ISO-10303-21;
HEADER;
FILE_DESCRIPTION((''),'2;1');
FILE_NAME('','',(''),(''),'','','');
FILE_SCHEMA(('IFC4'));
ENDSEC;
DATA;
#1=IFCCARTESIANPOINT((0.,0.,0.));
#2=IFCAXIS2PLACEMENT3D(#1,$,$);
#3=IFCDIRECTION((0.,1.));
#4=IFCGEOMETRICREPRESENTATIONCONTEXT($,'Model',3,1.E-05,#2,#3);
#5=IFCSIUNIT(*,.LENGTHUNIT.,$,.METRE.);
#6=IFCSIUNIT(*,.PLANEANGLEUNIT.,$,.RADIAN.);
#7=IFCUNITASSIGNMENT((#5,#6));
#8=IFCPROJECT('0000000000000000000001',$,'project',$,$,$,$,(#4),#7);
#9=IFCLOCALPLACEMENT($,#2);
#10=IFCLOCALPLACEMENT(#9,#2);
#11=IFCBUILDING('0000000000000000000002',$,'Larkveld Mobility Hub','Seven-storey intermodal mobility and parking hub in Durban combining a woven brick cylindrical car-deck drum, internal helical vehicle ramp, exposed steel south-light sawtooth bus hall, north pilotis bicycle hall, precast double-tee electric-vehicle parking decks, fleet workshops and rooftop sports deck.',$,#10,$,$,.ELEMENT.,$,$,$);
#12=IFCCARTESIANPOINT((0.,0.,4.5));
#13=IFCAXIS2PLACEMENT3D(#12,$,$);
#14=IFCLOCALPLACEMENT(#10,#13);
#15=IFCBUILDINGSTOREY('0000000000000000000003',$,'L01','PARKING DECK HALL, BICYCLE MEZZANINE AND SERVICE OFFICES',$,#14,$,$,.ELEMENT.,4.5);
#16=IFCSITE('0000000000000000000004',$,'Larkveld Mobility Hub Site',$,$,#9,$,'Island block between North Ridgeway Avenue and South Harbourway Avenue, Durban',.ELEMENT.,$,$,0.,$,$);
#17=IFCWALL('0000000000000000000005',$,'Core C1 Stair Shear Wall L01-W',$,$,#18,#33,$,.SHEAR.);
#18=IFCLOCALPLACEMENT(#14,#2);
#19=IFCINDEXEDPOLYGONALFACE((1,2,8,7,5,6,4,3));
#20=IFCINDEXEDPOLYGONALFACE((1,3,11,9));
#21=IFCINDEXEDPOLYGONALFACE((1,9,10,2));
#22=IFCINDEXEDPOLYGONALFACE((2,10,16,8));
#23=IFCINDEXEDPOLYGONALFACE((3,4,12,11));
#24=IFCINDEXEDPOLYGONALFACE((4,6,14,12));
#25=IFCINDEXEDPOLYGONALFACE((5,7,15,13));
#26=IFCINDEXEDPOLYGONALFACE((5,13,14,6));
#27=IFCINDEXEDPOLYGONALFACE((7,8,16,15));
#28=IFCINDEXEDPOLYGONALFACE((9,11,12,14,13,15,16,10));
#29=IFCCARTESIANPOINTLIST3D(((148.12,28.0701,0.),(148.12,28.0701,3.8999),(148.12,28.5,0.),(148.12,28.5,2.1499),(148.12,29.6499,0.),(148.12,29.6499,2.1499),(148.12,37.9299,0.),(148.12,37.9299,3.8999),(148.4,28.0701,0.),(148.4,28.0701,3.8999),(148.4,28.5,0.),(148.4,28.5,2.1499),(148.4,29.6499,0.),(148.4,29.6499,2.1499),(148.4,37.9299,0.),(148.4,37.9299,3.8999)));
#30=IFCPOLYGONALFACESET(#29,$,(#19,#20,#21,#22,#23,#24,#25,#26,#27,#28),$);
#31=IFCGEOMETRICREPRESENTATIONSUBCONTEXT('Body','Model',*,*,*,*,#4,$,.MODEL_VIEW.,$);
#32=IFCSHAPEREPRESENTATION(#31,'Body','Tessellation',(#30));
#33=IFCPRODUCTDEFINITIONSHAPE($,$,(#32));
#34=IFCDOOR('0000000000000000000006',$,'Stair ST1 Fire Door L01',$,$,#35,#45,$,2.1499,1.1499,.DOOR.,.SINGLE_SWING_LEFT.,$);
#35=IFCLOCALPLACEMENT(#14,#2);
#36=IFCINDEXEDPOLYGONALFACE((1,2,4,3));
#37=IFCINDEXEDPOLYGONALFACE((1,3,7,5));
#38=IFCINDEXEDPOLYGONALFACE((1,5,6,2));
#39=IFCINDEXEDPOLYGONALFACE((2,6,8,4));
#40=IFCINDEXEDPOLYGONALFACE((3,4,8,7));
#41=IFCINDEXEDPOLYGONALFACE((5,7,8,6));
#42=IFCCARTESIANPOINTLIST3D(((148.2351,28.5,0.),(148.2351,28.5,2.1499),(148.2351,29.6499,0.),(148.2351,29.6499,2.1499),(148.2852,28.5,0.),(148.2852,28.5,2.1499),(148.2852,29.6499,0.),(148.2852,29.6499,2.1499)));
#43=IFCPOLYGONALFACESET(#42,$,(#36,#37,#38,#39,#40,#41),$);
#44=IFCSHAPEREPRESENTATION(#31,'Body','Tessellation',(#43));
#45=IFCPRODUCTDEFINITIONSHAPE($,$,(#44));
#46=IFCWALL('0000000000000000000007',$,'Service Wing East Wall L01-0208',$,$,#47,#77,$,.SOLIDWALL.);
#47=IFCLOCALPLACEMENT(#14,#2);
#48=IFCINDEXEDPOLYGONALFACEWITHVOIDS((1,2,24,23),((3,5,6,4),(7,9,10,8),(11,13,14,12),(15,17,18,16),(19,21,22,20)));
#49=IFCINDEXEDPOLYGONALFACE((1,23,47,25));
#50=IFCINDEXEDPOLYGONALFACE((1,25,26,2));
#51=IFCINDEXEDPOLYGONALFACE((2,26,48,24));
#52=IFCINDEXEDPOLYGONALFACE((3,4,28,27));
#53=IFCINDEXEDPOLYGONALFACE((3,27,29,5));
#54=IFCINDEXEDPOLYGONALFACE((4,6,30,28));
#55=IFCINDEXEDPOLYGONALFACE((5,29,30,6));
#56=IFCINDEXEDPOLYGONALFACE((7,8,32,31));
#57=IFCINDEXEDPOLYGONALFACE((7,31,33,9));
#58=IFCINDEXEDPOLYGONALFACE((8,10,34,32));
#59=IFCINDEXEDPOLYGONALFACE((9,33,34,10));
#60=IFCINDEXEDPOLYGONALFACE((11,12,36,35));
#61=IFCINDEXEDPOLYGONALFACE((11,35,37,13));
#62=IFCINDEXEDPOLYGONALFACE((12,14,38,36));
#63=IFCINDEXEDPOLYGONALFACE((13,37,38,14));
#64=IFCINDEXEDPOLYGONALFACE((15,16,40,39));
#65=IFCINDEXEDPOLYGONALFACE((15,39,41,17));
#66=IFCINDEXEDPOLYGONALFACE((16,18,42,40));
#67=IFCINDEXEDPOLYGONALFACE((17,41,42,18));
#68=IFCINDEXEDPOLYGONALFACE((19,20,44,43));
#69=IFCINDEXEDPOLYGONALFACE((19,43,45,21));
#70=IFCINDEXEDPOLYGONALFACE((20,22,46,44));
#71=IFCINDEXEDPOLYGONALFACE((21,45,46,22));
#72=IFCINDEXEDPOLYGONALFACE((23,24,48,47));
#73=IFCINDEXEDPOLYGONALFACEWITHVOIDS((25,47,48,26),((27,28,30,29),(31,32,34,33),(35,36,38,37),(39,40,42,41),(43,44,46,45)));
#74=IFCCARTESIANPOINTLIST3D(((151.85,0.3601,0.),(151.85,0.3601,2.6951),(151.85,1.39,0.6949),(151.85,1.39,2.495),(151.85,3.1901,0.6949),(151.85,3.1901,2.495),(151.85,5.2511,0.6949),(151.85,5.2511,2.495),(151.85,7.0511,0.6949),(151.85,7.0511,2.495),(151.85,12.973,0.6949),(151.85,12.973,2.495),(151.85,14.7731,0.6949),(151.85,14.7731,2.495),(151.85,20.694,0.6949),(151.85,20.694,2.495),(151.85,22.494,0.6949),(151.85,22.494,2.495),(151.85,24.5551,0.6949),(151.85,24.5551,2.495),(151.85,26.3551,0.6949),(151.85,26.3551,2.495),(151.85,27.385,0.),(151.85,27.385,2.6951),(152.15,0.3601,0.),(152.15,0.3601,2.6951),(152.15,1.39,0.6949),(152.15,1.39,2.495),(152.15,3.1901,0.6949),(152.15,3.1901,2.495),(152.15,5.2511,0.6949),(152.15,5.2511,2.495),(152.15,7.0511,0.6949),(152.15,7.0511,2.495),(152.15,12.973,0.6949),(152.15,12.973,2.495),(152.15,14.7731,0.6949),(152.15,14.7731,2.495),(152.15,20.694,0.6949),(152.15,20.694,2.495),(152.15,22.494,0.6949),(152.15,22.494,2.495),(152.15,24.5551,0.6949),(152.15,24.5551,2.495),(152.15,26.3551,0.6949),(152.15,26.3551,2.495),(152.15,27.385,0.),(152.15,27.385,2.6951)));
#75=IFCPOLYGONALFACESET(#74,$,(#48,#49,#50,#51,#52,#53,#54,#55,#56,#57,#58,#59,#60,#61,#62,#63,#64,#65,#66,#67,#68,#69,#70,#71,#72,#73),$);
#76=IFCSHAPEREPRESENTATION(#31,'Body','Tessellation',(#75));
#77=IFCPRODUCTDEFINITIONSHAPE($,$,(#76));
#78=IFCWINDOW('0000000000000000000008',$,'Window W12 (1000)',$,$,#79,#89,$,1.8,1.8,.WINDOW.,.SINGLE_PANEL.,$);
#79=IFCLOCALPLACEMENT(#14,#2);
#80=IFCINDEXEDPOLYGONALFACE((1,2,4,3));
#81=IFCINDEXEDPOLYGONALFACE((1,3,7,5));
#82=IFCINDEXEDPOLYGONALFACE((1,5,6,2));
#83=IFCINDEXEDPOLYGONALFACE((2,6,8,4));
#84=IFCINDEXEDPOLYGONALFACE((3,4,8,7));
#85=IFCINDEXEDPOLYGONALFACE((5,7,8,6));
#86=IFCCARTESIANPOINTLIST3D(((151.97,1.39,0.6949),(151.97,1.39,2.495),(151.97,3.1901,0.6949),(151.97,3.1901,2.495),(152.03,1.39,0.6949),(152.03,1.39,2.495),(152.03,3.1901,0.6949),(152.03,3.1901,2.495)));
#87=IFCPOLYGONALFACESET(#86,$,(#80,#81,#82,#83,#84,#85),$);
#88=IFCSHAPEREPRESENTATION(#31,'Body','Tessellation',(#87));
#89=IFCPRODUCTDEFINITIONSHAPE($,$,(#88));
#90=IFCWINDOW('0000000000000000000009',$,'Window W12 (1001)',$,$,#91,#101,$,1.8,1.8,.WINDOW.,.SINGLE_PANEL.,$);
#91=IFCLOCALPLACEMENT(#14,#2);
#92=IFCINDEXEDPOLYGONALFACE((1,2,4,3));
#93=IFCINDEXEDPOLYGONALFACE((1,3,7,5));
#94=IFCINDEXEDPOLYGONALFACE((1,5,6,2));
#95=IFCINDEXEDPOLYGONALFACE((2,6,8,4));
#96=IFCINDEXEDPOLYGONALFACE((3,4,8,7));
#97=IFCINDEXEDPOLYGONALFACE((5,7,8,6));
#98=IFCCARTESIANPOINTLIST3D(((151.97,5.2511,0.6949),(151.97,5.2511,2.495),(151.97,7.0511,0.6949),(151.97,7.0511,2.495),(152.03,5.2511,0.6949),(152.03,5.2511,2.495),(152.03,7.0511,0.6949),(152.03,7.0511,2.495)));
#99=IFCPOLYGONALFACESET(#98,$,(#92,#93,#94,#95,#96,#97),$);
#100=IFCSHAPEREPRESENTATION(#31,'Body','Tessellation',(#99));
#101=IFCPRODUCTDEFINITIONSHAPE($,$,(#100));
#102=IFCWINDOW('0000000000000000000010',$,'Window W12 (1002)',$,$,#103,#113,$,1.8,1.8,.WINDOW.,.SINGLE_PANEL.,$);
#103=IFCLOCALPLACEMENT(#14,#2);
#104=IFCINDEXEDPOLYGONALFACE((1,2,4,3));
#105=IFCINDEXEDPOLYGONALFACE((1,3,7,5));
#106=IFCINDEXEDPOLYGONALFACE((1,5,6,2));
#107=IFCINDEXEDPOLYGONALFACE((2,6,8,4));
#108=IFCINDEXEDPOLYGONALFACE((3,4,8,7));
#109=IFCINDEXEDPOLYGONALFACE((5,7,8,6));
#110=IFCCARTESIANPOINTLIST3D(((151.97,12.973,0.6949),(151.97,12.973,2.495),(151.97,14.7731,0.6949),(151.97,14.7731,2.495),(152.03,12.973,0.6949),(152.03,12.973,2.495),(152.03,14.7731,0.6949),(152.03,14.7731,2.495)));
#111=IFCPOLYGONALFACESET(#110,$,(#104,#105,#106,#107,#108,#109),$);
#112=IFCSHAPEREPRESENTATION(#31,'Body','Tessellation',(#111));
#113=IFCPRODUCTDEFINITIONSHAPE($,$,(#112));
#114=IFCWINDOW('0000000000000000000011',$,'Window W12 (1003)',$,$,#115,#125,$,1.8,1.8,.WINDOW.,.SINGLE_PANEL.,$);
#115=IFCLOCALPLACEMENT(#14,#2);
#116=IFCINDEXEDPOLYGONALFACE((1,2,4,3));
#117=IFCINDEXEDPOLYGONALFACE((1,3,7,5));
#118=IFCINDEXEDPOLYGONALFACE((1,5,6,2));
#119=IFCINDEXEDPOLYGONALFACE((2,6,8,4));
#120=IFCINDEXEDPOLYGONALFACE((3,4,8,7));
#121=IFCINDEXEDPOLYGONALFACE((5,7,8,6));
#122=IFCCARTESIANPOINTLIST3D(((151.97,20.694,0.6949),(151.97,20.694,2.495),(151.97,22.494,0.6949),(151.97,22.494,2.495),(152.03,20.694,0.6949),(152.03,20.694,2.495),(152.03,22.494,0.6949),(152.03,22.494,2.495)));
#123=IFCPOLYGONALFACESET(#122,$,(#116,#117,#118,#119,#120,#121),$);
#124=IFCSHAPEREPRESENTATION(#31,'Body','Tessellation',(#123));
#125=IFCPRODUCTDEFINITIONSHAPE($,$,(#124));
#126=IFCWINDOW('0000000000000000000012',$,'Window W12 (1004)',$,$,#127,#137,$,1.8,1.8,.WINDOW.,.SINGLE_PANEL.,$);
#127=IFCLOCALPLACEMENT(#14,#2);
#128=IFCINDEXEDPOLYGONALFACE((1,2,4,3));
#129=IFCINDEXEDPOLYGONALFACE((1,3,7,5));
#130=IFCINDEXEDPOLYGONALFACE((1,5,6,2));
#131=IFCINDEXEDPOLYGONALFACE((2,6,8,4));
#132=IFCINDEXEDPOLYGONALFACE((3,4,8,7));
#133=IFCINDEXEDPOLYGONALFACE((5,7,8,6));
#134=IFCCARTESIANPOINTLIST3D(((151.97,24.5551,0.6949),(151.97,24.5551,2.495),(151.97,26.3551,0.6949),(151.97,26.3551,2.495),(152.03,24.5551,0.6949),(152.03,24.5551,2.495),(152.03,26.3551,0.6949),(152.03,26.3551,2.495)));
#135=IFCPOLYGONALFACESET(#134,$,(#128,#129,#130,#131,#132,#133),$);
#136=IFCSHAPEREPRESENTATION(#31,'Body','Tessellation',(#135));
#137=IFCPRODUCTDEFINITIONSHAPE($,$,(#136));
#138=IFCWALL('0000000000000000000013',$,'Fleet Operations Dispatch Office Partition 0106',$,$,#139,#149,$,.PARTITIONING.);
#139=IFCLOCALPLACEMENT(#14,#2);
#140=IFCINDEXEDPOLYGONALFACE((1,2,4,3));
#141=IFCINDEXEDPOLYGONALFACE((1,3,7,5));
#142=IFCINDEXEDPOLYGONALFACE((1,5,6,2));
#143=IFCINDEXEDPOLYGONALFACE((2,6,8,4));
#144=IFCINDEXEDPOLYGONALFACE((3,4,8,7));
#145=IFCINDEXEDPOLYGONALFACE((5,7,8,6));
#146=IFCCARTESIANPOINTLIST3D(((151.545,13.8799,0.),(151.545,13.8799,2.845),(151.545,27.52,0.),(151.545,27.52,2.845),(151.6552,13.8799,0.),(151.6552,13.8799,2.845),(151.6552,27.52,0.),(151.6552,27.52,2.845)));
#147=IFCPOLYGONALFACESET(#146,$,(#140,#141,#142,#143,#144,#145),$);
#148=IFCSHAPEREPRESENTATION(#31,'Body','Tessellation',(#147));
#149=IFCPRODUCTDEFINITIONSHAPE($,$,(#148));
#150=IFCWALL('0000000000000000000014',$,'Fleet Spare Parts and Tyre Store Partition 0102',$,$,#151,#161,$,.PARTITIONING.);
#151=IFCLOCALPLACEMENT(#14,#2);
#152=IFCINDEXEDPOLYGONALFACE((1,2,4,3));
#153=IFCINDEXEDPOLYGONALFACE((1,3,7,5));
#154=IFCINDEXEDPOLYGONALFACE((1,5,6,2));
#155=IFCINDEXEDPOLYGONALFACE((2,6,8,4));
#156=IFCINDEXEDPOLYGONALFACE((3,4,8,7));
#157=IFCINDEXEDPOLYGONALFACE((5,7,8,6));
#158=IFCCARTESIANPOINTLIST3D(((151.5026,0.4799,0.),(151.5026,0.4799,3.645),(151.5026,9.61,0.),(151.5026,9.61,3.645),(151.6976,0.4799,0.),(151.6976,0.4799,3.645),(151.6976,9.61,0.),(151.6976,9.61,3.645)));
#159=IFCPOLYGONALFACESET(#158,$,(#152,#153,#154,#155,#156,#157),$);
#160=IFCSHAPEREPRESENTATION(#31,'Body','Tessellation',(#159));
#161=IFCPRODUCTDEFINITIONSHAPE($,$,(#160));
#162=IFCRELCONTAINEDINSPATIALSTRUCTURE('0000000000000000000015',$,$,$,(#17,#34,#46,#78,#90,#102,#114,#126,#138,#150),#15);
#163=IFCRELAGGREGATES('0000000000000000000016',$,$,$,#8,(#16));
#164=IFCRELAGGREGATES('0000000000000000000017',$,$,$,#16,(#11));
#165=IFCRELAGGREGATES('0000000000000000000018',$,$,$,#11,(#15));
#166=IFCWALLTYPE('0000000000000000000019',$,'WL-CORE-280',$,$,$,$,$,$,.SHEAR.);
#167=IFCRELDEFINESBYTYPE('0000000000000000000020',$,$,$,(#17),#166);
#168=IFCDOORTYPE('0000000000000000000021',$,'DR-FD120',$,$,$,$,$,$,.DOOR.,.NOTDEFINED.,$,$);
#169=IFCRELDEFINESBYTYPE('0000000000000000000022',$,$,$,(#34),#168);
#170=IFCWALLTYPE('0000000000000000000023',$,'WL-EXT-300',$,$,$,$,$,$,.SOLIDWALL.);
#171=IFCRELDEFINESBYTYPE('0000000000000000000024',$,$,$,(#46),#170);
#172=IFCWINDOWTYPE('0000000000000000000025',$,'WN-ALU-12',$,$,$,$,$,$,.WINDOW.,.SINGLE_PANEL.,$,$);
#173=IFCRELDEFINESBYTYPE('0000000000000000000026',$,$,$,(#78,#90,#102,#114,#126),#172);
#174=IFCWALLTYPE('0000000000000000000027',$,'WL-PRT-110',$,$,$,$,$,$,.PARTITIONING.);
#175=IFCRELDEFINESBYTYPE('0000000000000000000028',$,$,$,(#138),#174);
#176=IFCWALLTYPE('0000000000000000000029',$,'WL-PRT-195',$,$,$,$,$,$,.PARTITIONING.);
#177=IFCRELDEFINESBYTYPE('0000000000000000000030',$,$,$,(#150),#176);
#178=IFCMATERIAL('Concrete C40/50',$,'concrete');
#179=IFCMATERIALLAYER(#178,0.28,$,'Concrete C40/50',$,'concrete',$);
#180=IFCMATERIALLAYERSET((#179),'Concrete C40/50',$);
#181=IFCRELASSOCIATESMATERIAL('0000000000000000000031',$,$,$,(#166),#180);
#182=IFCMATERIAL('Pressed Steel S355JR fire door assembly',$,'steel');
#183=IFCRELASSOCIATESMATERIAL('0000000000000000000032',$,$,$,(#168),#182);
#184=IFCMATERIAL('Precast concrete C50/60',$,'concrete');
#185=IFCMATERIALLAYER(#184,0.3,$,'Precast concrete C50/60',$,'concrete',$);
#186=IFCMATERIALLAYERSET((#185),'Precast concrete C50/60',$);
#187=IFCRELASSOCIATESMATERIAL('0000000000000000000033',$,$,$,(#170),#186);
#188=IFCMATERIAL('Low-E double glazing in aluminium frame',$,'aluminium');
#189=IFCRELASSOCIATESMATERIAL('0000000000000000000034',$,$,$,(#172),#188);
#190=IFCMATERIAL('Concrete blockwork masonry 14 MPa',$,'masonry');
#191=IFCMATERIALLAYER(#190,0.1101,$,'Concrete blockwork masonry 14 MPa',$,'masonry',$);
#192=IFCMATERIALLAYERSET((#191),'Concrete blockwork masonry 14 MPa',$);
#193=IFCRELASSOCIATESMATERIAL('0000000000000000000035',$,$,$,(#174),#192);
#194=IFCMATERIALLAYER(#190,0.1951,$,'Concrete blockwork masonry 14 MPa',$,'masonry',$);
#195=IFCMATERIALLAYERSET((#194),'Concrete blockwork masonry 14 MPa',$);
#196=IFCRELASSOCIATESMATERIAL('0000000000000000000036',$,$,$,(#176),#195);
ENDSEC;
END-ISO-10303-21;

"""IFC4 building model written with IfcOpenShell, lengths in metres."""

from ifc_helpers import new_model, si_unit, direction, frame, frame_2d, origin, place, context, subcontext, project, spatial, rectangle, extrude, material, layer, layer_set, type_object, element, fill, save


model = new_model("IFC4")

# Units and contexts
model_context = context("Model", 3, precision=1e-05, world=origin(), true_north=direction((0.0, 1.0)))
body_context = subcontext(model_context, "Body", "Model", "MODEL_VIEW")
ifc_project = project(units=[si_unit("LENGTHUNIT", "METRE"), si_unit("PLANEANGLEUNIT", "RADIAN")], contexts=[model_context])

# Site, building, storey
site_placement = place(None, origin())
site = spatial("IfcSite", under=ifc_project, at=site_placement, Name="Larkveld Mobility Hub Site", LongName="Island block between North Ridgeway Avenue and South Harbourway Avenue, Durban", CompositionType="ELEMENT", RefElevation=0.0)
building_placement = place(site_placement, origin())
building = spatial("IfcBuilding", under=site, at=building_placement, Name="Larkveld Mobility Hub", Description="Seven-storey intermodal mobility and parking hub in Durban combining a woven brick cylindrical car-deck drum, internal helical vehicle ramp, exposed steel south-light sawtooth bus hall, north pilotis bicycle hall, precast double-tee electric-vehicle parking decks, fleet workshops and rooftop sports deck.", CompositionType="ELEMENT")
storey_placement = place(building_placement, frame((0.0, 0.0, 4.5)))
storey = spatial("IfcBuildingStorey", under=building, at=storey_placement, Name="L01", Description="PARKING DECK HALL, BICYCLE MEZZANINE AND SERVICE OFFICES", CompositionType="ELEMENT", Elevation=4.5)

# Shared definitions
ifc_material_1 = material(Name="Concrete C40/50", Category="concrete")

# Wall, opening, door
ifc_layer_1 = layer(ifc_material_1, 0.28, Name="Concrete C40/50", Category="concrete")
ifc_layer_set_1 = layer_set([ifc_layer_1], Name="Concrete C40/50")
wall_type_1 = type_object("IfcWallType", Name="WL-CORE-280", PredefinedType="SHEAR", material=ifc_layer_set_1)
wall_1_placement = place(storey_placement, frame((148.26, 28.0701, 0.0), z_axis=(0.0, 0.0, 1.0), x_axis=(0.0, 1.0, 0.0)))
wall_1 = element("IfcWall", 1, at=wall_1_placement, inside=storey, type_object=wall_type_1, Name="Core C1 Stair Shear Wall L01-W", PredefinedType="SHEAR", context=body_context, shape_type="SweptSolid", body=[
    extrude(rectangle(XDim=9.8599, YDim=0.28, at=frame_2d((4.9299, 0.0))), origin(), (0.0, 0.0, 1.0), 3.8999),
])
opening_1_placement = place(wall_1_placement, frame((0.4299, 0.0, 0.0)))
opening_1 = element("IfcOpeningElement", 2, at=opening_1_placement, cuts=wall_1, PredefinedType="OPENING", context=body_context, shape_type="SweptSolid", body=[
    extrude(rectangle(XDim=1.1499, YDim=2.1499, at=frame_2d((0.575, 1.075))), frame((0.0, 0.1499, 0.0), z_axis=(0.0, -1.0, 0.0), x_axis=(1.0, 0.0, 0.0)), (0.0, 0.0, 1.0), 0.3),
])
ifc_material_2 = material(Name="Pressed Steel S355JR fire door assembly", Category="steel")
door_type = type_object("IfcDoorType", Name="DR-FD120", OperationType="NOTDEFINED", PredefinedType="DOOR", material=ifc_material_2)
door_placement = place(opening_1_placement, origin())
door = element("IfcDoor", 3, at=door_placement, inside=storey, type_object=door_type, Name="Stair ST1 Fire Door L01", OperationType="SINGLE_SWING_LEFT", OverallHeight=2.1499, OverallWidth=1.1499, PredefinedType="DOOR", context=body_context, shape_type="SweptSolid", body=[
    extrude(rectangle(XDim=1.1499, YDim=2.1499, at=frame_2d((0.575, 1.075))), frame((0.0, 0.0249, 0.0), z_axis=(0.0, -1.0, 0.0), x_axis=(1.0, 0.0, 0.0)), (0.0, 0.0, 1.0), 0.05),
])
fill(opening_1, door)

# Wall, openings, windows
ifc_material_3 = material(Name="Precast concrete C50/60", Category="concrete")
ifc_layer_2 = layer(ifc_material_3, 0.3, Name="Precast concrete C50/60", Category="concrete")
ifc_layer_set_2 = layer_set([ifc_layer_2], Name="Precast concrete C50/60")
wall_type_2 = type_object("IfcWallType", Name="WL-EXT-300", PredefinedType="SOLIDWALL", material=ifc_layer_set_2)
wall_2_placement = place(storey_placement, frame((152.0, 0.3601, 0.0), z_axis=(0.0, 0.0, 1.0), x_axis=(0.0, 1.0, 0.0)))
wall_2 = element("IfcWall", 4, at=wall_2_placement, inside=storey, type_object=wall_type_2, Name="Service Wing East Wall L01-0208", PredefinedType="SOLIDWALL", context=body_context, shape_type="SweptSolid", body=[
    extrude(rectangle(XDim=27.0249, YDim=0.3, at=frame_2d((13.5125, 0.0))), origin(), (0.0, 0.0, 1.0), 2.6951),
])
opening_2_placement = place(wall_2_placement, frame((1.03, 0.0, 0.6951)))
opening_2 = element("IfcOpeningElement", 5, at=opening_2_placement, cuts=wall_2, PredefinedType="OPENING", context=body_context, shape_type="SweptSolid", body=[
    extrude(rectangle(XDim=1.8, YDim=1.8, at=frame_2d((0.8999, 0.8999))), frame((0.0, 0.1602, 0.0), z_axis=(0.0, -1.0, 0.0), x_axis=(1.0, 0.0, 0.0)), (0.0, 0.0, 1.0), 0.3201),
])
opening_3_placement = place(wall_2_placement, frame((4.8911, 0.0, 0.6951)))
opening_3 = element("IfcOpeningElement", 6, at=opening_3_placement, cuts=wall_2, PredefinedType="OPENING", context=body_context, shape_type="SweptSolid", body=[
    extrude(rectangle(XDim=1.8, YDim=1.8, at=frame_2d((0.8999, 0.8999))), frame((0.0, 0.1602, 0.0), z_axis=(0.0, -1.0, 0.0), x_axis=(1.0, 0.0, 0.0)), (0.0, 0.0, 1.0), 0.3201),
])
opening_4_placement = place(wall_2_placement, frame((12.613, 0.0, 0.6951)))
opening_4 = element("IfcOpeningElement", 7, at=opening_4_placement, cuts=wall_2, PredefinedType="OPENING", context=body_context, shape_type="SweptSolid", body=[
    extrude(rectangle(XDim=1.8, YDim=1.8, at=frame_2d((0.8999, 0.8999))), frame((0.0, 0.1602, 0.0), z_axis=(0.0, -1.0, 0.0), x_axis=(1.0, 0.0, 0.0)), (0.0, 0.0, 1.0), 0.3201),
])
opening_5_placement = place(wall_2_placement, frame((20.334, 0.0, 0.6951)))
opening_5 = element("IfcOpeningElement", 8, at=opening_5_placement, cuts=wall_2, PredefinedType="OPENING", context=body_context, shape_type="SweptSolid", body=[
    extrude(rectangle(XDim=1.8, YDim=1.8, at=frame_2d((0.8999, 0.8999))), frame((0.0, 0.1602, 0.0), z_axis=(0.0, -1.0, 0.0), x_axis=(1.0, 0.0, 0.0)), (0.0, 0.0, 1.0), 0.3201),
])
opening_6_placement = place(wall_2_placement, frame((24.1951, 0.0, 0.6951)))
opening_6 = element("IfcOpeningElement", 9, at=opening_6_placement, cuts=wall_2, PredefinedType="OPENING", context=body_context, shape_type="SweptSolid", body=[
    extrude(rectangle(XDim=1.8, YDim=1.8, at=frame_2d((0.8999, 0.8999))), frame((0.0, 0.1602, 0.0), z_axis=(0.0, -1.0, 0.0), x_axis=(1.0, 0.0, 0.0)), (0.0, 0.0, 1.0), 0.3201),
])
ifc_material_4 = material(Name="Low-E double glazing in aluminium frame", Category="aluminium")
window_type = type_object("IfcWindowType", Name="WN-ALU-12", PartitioningType="SINGLE_PANEL", PredefinedType="WINDOW", material=ifc_material_4)
window_1_placement = place(opening_2_placement, origin())
window_1 = element("IfcWindow", 10, at=window_1_placement, inside=storey, type_object=window_type, Name="Window W12 (1000)", OverallHeight=1.8, OverallWidth=1.8, PartitioningType="SINGLE_PANEL", PredefinedType="WINDOW", context=body_context, shape_type="SweptSolid", body=[
    extrude(rectangle(XDim=1.8, YDim=1.8, at=frame_2d((0.8999, 0.8999))), frame((0.0, 0.03, 0.0), z_axis=(0.0, -1.0, 0.0), x_axis=(1.0, 0.0, 0.0)), (0.0, 0.0, 1.0), 0.0601),
])
fill(opening_2, window_1)
window_2_placement = place(opening_3_placement, origin())
window_2 = element("IfcWindow", 11, at=window_2_placement, inside=storey, type_object=window_type, Name="Window W12 (1001)", OverallHeight=1.8, OverallWidth=1.8, PartitioningType="SINGLE_PANEL", PredefinedType="WINDOW", context=body_context, shape_type="SweptSolid", body=[
    extrude(rectangle(XDim=1.8, YDim=1.8, at=frame_2d((0.8999, 0.8999))), frame((0.0, 0.03, 0.0), z_axis=(0.0, -1.0, 0.0), x_axis=(1.0, 0.0, 0.0)), (0.0, 0.0, 1.0), 0.0601),
])
fill(opening_3, window_2)
window_3_placement = place(opening_4_placement, origin())
window_3 = element("IfcWindow", 12, at=window_3_placement, inside=storey, type_object=window_type, Name="Window W12 (1002)", OverallHeight=1.8, OverallWidth=1.8, PartitioningType="SINGLE_PANEL", PredefinedType="WINDOW", context=body_context, shape_type="SweptSolid", body=[
    extrude(rectangle(XDim=1.8, YDim=1.8, at=frame_2d((0.8999, 0.8999))), frame((0.0, 0.03, 0.0), z_axis=(0.0, -1.0, 0.0), x_axis=(1.0, 0.0, 0.0)), (0.0, 0.0, 1.0), 0.0601),
])
fill(opening_4, window_3)
window_4_placement = place(opening_5_placement, origin())
window_4 = element("IfcWindow", 13, at=window_4_placement, inside=storey, type_object=window_type, Name="Window W12 (1003)", OverallHeight=1.8, OverallWidth=1.8, PartitioningType="SINGLE_PANEL", PredefinedType="WINDOW", context=body_context, shape_type="SweptSolid", body=[
    extrude(rectangle(XDim=1.8, YDim=1.8, at=frame_2d((0.8999, 0.8999))), frame((0.0, 0.03, 0.0), z_axis=(0.0, -1.0, 0.0), x_axis=(1.0, 0.0, 0.0)), (0.0, 0.0, 1.0), 0.0601),
])
fill(opening_5, window_4)
window_5_placement = place(opening_6_placement, origin())
window_5 = element("IfcWindow", 14, at=window_5_placement, inside=storey, type_object=window_type, Name="Window W12 (1004)", OverallHeight=1.8, OverallWidth=1.8, PartitioningType="SINGLE_PANEL", PredefinedType="WINDOW", context=body_context, shape_type="SweptSolid", body=[
    extrude(rectangle(XDim=1.8, YDim=1.8, at=frame_2d((0.8999, 0.8999))), frame((0.0, 0.03, 0.0), z_axis=(0.0, -1.0, 0.0), x_axis=(1.0, 0.0, 0.0)), (0.0, 0.0, 1.0), 0.0601),
])
fill(opening_6, window_5)

# Walls
ifc_material_5 = material(Name="Concrete blockwork masonry 14 MPa", Category="masonry")
ifc_layer_3 = layer(ifc_material_5, 0.1101, Name="Concrete blockwork masonry 14 MPa", Category="masonry")
ifc_layer_set_3 = layer_set([ifc_layer_3], Name="Concrete blockwork masonry 14 MPa")
wall_type_3 = type_object("IfcWallType", Name="WL-PRT-110", PredefinedType="PARTITIONING", material=ifc_layer_set_3)
wall_3_placement = place(storey_placement, frame((151.6001, 13.8799, 0.0), z_axis=(0.0, 0.0, 1.0), x_axis=(0.0, 1.0, 0.0)))
element("IfcWall", 15, at=wall_3_placement, inside=storey, type_object=wall_type_3, Name="Fleet Operations Dispatch Office Partition 0106", PredefinedType="PARTITIONING", context=body_context, shape_type="SweptSolid", body=[
    extrude(rectangle(XDim=13.6401, YDim=0.1101, at=frame_2d((6.8201, 0.0))), origin(), (0.0, 0.0, 1.0), 2.845),
])
ifc_layer_4 = layer(ifc_material_5, 0.1951, Name="Concrete blockwork masonry 14 MPa", Category="masonry")
ifc_layer_set_4 = layer_set([ifc_layer_4], Name="Concrete blockwork masonry 14 MPa")
wall_type_4 = type_object("IfcWallType", Name="WL-PRT-195", PredefinedType="PARTITIONING", material=ifc_layer_set_4)
wall_4_placement = place(storey_placement, frame((151.6001, 0.48, 0.0), z_axis=(0.0, 0.0, 1.0), x_axis=(0.0, 1.0, 0.0)))
element("IfcWall", 16, at=wall_4_placement, inside=storey, type_object=wall_type_4, Name="Fleet Spare Parts and Tyre Store Partition 0102", PredefinedType="PARTITIONING", context=body_context, shape_type="SweptSolid", body=[
    extrude(rectangle(XDim=9.1301, YDim=0.1951, at=frame_2d((4.5649, 0.0))), origin(), (0.0, 0.0, 1.0), 3.645),
])

save(model, "model.ifc")
